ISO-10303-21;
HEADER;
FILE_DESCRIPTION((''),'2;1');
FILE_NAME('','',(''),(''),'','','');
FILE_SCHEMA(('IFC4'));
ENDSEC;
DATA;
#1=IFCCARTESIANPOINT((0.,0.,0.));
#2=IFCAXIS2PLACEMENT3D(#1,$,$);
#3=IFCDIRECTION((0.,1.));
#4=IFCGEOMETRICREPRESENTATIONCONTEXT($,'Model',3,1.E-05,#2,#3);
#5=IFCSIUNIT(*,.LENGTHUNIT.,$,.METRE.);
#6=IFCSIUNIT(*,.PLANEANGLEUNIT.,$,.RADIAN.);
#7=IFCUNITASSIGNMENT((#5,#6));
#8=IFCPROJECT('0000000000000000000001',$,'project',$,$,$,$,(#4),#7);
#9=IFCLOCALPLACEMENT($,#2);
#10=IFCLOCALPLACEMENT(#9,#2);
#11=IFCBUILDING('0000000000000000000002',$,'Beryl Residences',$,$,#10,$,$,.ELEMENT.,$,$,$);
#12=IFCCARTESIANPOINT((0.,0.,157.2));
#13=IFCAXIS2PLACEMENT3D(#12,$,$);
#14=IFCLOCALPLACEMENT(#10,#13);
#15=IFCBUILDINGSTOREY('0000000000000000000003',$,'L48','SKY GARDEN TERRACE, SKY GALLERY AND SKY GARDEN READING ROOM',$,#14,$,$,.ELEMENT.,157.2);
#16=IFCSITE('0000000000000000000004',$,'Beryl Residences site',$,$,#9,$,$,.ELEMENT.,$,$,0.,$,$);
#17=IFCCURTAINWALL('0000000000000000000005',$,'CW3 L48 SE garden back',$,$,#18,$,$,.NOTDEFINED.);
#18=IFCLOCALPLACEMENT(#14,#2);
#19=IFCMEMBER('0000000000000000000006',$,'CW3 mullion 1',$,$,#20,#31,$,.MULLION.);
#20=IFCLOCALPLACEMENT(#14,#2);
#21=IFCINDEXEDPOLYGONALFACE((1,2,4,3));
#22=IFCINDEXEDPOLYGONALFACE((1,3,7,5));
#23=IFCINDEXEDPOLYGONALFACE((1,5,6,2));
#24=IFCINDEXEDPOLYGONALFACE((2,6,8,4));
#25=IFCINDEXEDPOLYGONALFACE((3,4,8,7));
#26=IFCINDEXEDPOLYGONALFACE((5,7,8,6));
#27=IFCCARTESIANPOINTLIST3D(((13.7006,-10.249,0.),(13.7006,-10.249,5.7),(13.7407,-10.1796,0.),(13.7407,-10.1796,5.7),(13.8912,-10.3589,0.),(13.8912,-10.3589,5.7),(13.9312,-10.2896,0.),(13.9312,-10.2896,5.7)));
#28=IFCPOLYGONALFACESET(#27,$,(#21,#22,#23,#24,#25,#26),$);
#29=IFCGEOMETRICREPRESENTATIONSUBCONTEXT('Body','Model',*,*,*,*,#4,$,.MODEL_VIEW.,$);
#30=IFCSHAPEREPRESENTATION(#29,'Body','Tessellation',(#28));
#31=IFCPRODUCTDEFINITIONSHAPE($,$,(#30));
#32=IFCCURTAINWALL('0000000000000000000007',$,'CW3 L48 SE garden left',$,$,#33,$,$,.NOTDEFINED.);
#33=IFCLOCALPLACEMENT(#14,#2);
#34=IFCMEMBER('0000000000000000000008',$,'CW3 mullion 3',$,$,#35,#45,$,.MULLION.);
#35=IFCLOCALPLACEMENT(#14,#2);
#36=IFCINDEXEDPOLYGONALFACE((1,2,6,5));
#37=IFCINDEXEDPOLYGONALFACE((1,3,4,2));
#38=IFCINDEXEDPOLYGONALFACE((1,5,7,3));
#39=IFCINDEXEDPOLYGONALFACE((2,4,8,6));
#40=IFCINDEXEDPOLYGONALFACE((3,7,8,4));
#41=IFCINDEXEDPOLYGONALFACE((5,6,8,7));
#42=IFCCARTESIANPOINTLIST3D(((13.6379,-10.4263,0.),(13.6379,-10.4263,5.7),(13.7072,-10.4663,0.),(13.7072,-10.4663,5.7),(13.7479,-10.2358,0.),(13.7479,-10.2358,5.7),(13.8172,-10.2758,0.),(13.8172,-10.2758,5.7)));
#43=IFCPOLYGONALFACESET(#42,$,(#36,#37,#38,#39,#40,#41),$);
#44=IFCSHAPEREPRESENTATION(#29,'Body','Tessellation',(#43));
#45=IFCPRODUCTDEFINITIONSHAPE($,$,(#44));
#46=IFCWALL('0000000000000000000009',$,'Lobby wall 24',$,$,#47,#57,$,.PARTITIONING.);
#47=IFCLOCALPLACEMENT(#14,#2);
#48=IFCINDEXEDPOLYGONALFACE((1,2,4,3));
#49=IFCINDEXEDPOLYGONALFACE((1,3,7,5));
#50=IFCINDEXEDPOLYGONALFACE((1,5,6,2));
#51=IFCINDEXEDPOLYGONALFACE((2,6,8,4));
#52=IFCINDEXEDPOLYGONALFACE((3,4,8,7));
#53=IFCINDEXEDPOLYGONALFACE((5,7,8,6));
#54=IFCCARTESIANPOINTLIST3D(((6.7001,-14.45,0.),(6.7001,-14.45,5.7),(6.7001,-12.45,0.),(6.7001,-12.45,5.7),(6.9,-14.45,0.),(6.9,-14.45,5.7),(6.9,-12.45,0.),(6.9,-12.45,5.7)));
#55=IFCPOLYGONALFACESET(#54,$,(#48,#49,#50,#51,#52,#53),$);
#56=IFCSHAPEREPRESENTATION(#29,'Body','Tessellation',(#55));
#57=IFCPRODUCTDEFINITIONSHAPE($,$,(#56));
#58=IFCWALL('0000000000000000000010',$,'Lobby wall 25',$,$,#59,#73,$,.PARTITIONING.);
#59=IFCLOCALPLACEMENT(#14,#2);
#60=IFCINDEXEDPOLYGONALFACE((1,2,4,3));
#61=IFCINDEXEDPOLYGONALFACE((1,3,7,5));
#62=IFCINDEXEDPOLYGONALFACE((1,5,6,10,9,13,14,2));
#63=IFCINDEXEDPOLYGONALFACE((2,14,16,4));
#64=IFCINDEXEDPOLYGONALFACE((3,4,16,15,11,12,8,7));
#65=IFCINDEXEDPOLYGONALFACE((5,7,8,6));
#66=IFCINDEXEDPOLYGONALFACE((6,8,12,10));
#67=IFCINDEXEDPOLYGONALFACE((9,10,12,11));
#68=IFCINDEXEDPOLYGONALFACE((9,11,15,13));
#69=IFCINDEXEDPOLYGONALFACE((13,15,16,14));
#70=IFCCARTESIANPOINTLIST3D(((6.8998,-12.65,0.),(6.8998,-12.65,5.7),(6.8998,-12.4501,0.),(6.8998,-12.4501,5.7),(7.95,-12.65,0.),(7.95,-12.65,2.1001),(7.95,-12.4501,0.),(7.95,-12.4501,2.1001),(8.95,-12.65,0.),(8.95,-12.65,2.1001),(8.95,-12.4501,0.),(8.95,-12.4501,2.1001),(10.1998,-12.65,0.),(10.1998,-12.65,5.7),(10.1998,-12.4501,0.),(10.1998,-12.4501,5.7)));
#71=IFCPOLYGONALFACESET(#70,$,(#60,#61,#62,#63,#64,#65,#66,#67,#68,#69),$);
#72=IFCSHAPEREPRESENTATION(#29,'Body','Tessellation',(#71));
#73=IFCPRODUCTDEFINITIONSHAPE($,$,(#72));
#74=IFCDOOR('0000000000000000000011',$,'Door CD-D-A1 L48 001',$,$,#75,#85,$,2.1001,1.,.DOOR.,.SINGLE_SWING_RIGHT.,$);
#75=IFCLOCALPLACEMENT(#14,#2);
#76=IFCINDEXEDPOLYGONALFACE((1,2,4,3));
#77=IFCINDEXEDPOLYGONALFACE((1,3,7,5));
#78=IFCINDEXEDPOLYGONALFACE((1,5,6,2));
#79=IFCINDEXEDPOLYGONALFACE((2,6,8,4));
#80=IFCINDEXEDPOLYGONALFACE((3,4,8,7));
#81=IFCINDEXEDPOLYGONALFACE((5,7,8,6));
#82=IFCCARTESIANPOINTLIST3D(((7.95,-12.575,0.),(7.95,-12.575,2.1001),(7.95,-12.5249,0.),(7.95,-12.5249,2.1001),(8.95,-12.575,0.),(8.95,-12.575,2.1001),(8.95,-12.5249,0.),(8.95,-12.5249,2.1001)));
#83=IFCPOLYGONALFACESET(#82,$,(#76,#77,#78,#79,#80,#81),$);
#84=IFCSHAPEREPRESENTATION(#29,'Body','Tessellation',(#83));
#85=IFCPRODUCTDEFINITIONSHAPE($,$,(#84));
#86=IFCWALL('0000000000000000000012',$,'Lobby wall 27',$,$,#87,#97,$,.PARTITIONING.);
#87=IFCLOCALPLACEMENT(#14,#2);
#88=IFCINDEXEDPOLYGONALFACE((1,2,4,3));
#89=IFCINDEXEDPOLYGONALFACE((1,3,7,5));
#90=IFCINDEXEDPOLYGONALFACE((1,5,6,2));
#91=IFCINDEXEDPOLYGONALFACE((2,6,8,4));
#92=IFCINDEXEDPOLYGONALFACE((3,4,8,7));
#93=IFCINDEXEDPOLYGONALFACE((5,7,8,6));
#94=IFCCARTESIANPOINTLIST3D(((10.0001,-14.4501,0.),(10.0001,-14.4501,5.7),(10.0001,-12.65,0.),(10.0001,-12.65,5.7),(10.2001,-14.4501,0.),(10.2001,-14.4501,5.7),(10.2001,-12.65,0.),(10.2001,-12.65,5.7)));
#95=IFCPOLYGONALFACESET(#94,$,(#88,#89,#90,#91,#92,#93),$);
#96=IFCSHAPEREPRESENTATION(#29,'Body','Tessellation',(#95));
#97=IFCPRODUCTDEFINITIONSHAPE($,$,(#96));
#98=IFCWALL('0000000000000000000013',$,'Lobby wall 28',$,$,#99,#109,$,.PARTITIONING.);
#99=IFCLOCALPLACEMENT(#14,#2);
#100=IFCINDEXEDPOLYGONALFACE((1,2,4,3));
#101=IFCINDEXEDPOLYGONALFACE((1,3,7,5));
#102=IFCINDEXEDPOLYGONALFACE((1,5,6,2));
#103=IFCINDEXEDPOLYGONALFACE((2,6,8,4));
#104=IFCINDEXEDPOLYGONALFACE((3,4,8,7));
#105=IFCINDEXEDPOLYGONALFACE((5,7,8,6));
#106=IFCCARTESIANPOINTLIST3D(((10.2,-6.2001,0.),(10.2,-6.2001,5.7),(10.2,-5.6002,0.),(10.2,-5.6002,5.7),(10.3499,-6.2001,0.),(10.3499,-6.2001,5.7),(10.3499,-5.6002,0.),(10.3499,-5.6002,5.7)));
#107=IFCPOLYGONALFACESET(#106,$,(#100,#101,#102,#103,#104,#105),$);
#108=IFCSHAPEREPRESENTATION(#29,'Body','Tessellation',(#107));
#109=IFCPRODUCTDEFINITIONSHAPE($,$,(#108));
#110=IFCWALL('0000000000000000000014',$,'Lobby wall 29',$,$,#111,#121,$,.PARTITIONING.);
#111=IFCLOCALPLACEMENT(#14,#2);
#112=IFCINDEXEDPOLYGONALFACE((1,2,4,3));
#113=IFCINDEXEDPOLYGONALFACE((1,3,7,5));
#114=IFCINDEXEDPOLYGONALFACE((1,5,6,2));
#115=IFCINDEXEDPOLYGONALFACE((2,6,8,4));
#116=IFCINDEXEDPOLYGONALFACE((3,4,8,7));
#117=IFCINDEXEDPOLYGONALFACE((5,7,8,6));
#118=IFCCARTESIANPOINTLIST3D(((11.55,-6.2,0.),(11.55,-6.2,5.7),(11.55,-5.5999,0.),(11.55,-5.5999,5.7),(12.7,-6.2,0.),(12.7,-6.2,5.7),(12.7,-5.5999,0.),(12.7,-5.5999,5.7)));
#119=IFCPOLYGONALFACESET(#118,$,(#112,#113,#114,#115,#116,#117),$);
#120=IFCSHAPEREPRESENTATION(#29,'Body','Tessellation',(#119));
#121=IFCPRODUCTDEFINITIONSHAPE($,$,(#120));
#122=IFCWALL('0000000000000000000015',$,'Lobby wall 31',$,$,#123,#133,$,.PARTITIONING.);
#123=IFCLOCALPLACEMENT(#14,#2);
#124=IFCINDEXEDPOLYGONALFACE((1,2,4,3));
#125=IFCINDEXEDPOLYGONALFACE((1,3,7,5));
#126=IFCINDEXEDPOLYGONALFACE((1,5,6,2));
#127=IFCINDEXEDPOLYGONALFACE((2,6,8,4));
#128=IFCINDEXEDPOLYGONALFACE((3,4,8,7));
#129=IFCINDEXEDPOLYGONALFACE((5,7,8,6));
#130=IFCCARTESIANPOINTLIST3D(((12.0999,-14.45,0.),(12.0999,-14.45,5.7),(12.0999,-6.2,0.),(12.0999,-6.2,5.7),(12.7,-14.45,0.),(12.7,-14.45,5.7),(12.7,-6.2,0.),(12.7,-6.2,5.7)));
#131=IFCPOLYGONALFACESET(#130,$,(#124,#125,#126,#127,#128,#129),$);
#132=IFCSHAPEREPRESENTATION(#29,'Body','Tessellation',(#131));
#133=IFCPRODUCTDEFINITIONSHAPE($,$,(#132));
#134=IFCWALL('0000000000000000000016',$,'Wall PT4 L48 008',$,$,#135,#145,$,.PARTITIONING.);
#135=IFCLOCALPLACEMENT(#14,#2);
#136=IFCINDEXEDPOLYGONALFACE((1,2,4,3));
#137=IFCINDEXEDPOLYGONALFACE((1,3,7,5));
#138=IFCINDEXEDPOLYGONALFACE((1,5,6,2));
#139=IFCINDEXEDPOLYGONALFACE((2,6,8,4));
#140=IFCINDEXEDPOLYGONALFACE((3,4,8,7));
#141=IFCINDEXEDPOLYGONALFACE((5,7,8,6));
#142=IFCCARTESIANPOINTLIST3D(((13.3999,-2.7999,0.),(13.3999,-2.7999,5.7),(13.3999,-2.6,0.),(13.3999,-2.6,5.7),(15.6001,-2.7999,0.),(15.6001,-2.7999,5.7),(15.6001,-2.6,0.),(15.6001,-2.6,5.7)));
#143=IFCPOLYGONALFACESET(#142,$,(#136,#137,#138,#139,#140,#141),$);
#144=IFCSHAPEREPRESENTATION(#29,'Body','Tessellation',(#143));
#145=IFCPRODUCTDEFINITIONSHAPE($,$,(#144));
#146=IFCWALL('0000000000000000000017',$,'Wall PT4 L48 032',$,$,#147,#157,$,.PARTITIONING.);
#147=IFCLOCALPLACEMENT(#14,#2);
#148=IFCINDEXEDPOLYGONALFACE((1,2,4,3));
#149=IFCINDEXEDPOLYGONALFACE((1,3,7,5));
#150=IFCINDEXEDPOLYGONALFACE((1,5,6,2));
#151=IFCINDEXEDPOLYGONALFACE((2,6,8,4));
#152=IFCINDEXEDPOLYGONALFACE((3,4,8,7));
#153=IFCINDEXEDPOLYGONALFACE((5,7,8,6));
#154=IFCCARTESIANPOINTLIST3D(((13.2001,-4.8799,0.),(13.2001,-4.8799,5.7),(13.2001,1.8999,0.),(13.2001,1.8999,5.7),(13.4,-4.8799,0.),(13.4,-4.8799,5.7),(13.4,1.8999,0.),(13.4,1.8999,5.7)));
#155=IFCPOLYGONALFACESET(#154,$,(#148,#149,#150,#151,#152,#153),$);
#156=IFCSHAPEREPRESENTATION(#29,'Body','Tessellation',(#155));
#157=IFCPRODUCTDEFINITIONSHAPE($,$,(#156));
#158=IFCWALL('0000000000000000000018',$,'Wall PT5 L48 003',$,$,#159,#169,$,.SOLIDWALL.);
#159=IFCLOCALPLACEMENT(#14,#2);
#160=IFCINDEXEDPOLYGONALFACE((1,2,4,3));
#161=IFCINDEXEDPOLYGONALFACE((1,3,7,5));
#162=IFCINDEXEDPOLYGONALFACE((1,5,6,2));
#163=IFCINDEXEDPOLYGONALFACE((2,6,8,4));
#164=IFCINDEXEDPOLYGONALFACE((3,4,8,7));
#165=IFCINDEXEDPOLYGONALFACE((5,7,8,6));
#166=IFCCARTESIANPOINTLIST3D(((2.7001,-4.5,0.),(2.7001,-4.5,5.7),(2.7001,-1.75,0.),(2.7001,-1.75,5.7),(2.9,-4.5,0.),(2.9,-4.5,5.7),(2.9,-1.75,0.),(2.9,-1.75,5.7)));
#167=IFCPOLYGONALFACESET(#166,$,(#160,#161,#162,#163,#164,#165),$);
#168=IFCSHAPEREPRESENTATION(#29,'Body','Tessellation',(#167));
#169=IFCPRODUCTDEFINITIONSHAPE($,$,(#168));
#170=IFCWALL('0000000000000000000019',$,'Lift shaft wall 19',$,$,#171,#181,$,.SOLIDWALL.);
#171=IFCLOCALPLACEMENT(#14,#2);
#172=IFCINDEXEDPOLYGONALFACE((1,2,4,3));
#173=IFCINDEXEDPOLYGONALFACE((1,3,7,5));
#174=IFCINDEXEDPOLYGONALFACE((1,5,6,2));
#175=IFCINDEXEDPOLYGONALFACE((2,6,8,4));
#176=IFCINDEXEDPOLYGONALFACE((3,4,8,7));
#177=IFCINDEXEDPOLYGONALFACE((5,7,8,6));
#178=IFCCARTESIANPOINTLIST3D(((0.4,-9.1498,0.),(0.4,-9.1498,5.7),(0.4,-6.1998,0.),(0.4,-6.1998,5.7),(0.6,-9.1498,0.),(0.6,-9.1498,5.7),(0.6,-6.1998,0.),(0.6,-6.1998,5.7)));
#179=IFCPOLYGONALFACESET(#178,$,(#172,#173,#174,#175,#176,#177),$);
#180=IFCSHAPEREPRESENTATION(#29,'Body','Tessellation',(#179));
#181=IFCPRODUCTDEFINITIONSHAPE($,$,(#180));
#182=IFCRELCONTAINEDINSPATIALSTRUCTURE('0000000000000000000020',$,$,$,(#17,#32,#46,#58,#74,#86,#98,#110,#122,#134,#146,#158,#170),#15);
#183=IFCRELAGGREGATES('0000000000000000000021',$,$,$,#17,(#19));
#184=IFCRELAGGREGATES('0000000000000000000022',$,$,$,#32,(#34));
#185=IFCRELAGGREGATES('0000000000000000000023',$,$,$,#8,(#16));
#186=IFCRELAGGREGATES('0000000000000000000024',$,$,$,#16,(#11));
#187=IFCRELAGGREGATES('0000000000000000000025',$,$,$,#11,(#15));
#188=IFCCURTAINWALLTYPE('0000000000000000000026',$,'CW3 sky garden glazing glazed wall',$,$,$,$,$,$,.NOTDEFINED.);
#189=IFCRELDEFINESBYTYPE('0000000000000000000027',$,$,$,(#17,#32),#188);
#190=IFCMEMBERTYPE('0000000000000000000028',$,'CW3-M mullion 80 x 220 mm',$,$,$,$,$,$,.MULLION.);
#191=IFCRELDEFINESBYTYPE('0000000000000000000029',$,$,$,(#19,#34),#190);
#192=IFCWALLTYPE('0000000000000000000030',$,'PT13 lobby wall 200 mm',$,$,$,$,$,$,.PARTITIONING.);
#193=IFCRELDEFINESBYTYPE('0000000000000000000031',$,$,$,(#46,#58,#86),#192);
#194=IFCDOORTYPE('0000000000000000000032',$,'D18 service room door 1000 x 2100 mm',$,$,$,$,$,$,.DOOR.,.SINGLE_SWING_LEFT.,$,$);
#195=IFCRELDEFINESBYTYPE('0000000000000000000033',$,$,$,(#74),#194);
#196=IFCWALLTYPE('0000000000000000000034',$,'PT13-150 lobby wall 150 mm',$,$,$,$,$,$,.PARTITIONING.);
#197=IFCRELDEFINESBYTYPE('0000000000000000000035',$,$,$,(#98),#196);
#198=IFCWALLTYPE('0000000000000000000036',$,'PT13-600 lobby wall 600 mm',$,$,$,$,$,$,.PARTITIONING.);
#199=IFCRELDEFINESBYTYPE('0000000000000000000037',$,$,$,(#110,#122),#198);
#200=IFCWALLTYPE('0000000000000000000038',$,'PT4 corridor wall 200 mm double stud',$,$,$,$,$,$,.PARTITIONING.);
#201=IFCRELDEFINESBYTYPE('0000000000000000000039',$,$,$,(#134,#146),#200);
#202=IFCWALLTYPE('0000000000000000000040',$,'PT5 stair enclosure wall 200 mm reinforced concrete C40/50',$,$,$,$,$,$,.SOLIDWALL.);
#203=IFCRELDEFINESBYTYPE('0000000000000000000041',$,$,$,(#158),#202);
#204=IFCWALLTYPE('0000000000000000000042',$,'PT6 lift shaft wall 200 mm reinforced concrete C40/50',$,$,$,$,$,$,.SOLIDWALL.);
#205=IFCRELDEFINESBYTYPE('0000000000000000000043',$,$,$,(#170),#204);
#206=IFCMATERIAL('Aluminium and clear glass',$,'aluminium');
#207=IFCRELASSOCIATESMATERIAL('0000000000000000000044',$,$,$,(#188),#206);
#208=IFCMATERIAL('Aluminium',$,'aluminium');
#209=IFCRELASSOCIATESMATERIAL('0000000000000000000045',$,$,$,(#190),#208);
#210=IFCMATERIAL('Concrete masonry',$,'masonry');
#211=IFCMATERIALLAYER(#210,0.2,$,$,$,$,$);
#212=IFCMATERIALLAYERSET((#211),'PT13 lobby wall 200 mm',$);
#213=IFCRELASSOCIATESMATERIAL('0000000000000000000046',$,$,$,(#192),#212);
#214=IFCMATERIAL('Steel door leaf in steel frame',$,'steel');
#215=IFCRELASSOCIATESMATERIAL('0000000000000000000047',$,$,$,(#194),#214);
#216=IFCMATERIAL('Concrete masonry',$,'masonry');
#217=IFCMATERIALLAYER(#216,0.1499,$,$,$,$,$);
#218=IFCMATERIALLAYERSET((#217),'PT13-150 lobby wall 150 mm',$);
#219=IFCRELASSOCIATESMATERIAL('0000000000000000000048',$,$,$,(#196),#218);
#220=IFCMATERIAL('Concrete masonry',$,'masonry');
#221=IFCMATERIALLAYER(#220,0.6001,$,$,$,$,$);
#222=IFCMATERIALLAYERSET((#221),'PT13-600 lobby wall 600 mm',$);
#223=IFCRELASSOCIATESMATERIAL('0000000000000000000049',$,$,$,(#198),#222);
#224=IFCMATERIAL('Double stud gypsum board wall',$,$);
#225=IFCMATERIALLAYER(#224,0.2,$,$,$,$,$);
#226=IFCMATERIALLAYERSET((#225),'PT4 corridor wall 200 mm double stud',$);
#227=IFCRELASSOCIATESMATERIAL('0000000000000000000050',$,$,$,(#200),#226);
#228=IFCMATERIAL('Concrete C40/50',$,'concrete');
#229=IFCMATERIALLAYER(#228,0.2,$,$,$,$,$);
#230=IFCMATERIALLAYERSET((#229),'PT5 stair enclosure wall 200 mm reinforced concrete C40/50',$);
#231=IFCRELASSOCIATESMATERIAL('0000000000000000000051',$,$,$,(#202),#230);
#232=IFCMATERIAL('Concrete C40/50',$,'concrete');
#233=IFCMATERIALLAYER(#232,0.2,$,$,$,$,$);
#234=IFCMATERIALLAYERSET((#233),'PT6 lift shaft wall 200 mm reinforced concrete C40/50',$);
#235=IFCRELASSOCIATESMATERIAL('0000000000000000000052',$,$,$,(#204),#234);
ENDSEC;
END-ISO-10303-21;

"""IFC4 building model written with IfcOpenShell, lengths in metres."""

from ifc_helpers import new_model, si_unit, direction, frame, frame_2d, origin, origin_2d, place, context, subcontext, project, spatial, rectangle, extrude, material, layer, layer_set, material_profile, profile_set, type_object, element, fill, aggregate, save


model = new_model("IFC4")

# Units and contexts
model_context = context("Model", 3, precision=1e-05, world=origin(), true_north=direction((0.0, 1.0)))
body_context = subcontext(model_context, "Body", "Model", "MODEL_VIEW")
ifc_project = project(units=[si_unit("LENGTHUNIT", "METRE"), si_unit("PLANEANGLEUNIT", "RADIAN")], contexts=[model_context])

# Site, building, storey
site_placement = place(None, origin())
site = spatial("IfcSite", under=ifc_project, at=site_placement, Name="Beryl Residences site", CompositionType="ELEMENT", RefElevation=0.0)
building_placement = place(site_placement, origin())
building = spatial("IfcBuilding", under=site, at=building_placement, Name="Beryl Residences", CompositionType="ELEMENT")
storey_placement = place(building_placement, frame((0.0, 0.0, 157.2)))
storey = spatial("IfcBuildingStorey", under=building, at=storey_placement, Name="L48", Description="SKY GARDEN TERRACE, SKY GALLERY AND SKY GARDEN READING ROOM", CompositionType="ELEMENT", Elevation=157.2)

# Curtain walls, members
ifc_material_1 = material(Name="Aluminium and clear glass", Category="aluminium")
curtain_wall_type = type_object("IfcCurtainWallType", Name="CW3 sky garden glazing glazed wall", PredefinedType="NOTDEFINED", material=ifc_material_1)
curtain_wall_1_placement = place(storey_placement, origin())
curtain_wall_1 = element("IfcCurtainWall", 1, at=curtain_wall_1_placement, inside=storey, type_object=curtain_wall_type, Name="CW3 L48 SE garden back", PredefinedType="NOTDEFINED")
ifc_material_2 = material(Name="Aluminium", Category="aluminium")
ifc_material_profile = material_profile(ifc_material_2, rectangle(XDim=0.0801, YDim=0.22, at=origin_2d()))
ifc_profile_set = profile_set([ifc_material_profile], Name="Aluminium")
member_type = type_object("IfcMemberType", Name="CW3-M mullion 80 x 220 mm", PredefinedType="MULLION", material=ifc_profile_set)
member_1_placement = place(storey_placement, frame((13.8159, -10.2693, 0.0), z_axis=(0.0, 0.0, 1.0), x_axis=(0.49985, 0.866112, 0.0)))
member_1 = element("IfcMember", 2, at=member_1_placement, type_object=member_type, Name="CW3 mullion 1", PredefinedType="MULLION", context=body_context, shape_type="SweptSolid", body=[
    extrude(rectangle(XDim=0.0801, YDim=0.22, at=origin_2d()), origin(), (0.0, 0.0, 1.0), 5.7),
])
aggregate(curtain_wall_1, [member_1])
curtain_wall_2_placement = place(storey_placement, origin())
curtain_wall_2 = element("IfcCurtainWall", 3, at=curtain_wall_2_placement, inside=storey, type_object=curtain_wall_type, Name="CW3 L48 SE garden left", PredefinedType="NOTDEFINED")
member_2_placement = place(storey_placement, frame((13.7275, -10.3511, 0.0), z_axis=(0.0, 0.0, 1.0), x_axis=(-0.866005, 0.500036, 0.0)))
member_2 = element("IfcMember", 4, at=member_2_placement, type_object=member_type, Name="CW3 mullion 3", PredefinedType="MULLION", context=body_context, shape_type="SweptSolid", body=[
    extrude(rectangle(XDim=0.0801, YDim=0.22, at=origin_2d()), origin(), (0.0, 0.0, 1.0), 5.7),
])
aggregate(curtain_wall_2, [member_2])

# Wall
ifc_material_3 = material(Name="Concrete masonry", Category="masonry")
ifc_layer_1 = layer(ifc_material_3, 0.2)
ifc_layer_set_1 = layer_set([ifc_layer_1], Name="PT13 lobby wall 200 mm")
wall_type_1 = type_object("IfcWallType", Name="PT13 lobby wall 200 mm", PredefinedType="PARTITIONING", material=ifc_layer_set_1)
wall_1_placement = place(storey_placement, frame((6.8, -14.45, 0.0), z_axis=(0.0, 0.0, 1.0), x_axis=(0.0, 1.0, 0.0)))
element("IfcWall", 5, at=wall_1_placement, inside=storey, type_object=wall_type_1, Name="Lobby wall 24", PredefinedType="PARTITIONING", context=body_context, shape_type="SweptSolid", body=[
    extrude(rectangle(XDim=2.0, YDim=0.2, at=frame_2d((1.0, 0.0))), origin(), (0.0, 0.0, 1.0), 5.7),
])

# Wall, opening, door
wall_2_placement = place(storey_placement, frame((6.8999, -12.55, 0.0), z_axis=(0.0, 0.0, 1.0), x_axis=(1.0, 0.0, 0.0)))
wall_2 = element("IfcWall", 6, at=wall_2_placement, inside=storey, type_object=wall_type_1, Name="Lobby wall 25", PredefinedType="PARTITIONING", context=body_context, shape_type="SweptSolid", body=[
    extrude(rectangle(XDim=3.3, YDim=0.2, at=frame_2d((1.6499, 0.0))), origin(), (0.0, 0.0, 1.0), 5.7),
])
opening_placement = place(wall_2_placement, frame((2.05, 0.0, 0.0), z_axis=(0.0, 0.0, 1.0), x_axis=(-1.0, 0.0, 0.0)))
opening = element("IfcOpeningElement", 7, at=opening_placement, cuts=wall_2, PredefinedType="OPENING", context=body_context, shape_type="SweptSolid", body=[
    extrude(rectangle(XDim=1.0, YDim=2.1001, at=frame_2d((0.5, 1.05))), frame((0.0, 0.1099, 0.0), z_axis=(0.0, -1.0, 0.0), x_axis=(1.0, 0.0, 0.0)), (0.0, 0.0, 1.0), 0.22),
])
ifc_material_4 = material(Name="Steel door leaf in steel frame", Category="steel")
door_type = type_object("IfcDoorType", Name="D18 service room door 1000 x 2100 mm", OperationType="SINGLE_SWING_LEFT", PredefinedType="DOOR", material=ifc_material_4)
door_placement = place(opening_placement, origin())
door = element("IfcDoor", 8, at=door_placement, inside=storey, type_object=door_type, Name="Door CD-D-A1 L48 001", OperationType="SINGLE_SWING_RIGHT", OverallHeight=2.1001, OverallWidth=1.0, PredefinedType="DOOR", context=body_context, shape_type="SweptSolid", body=[
    extrude(rectangle(XDim=1.0, YDim=2.1001, at=frame_2d((0.5, 1.05))), frame((0.0, 0.0249, 0.0), z_axis=(0.0, -1.0, 0.0), x_axis=(1.0, 0.0, 0.0)), (0.0, 0.0, 1.0), 0.05),
])
fill(opening, door)

# Walls
wall_3_placement = place(storey_placement, frame((10.1001, -14.45, 0.0), z_axis=(0.0, 0.0, 1.0), x_axis=(0.0, 1.0, 0.0)))
element("IfcWall", 9, at=wall_3_placement, inside=storey, type_object=wall_type_1, Name="Lobby wall 27", PredefinedType="PARTITIONING", context=body_context, shape_type="SweptSolid", body=[
    extrude(rectangle(XDim=1.8, YDim=0.2, at=frame_2d((0.8999, 0.0))), origin(), (0.0, 0.0, 1.0), 5.7),
])
ifc_material_5 = material(Name="Concrete masonry", Category="masonry")
ifc_layer_2 = layer(ifc_material_5, 0.1499)
ifc_layer_set_2 = layer_set([ifc_layer_2], Name="PT13-150 lobby wall 150 mm")
wall_type_2 = type_object("IfcWallType", Name="PT13-150 lobby wall 150 mm", PredefinedType="PARTITIONING", material=ifc_layer_set_2)
wall_4_placement = place(storey_placement, frame((10.2749, -6.2, 0.0), z_axis=(0.0, 0.0, 1.0), x_axis=(0.0, 1.0, 0.0)))
element("IfcWall", 10, at=wall_4_placement, inside=storey, type_object=wall_type_2, Name="Lobby wall 28", PredefinedType="PARTITIONING", context=body_context, shape_type="SweptSolid", body=[
    extrude(rectangle(XDim=0.5999, YDim=0.1499, at=frame_2d((0.2998, 0.0))), origin(), (0.0, 0.0, 1.0), 5.7),
])
ifc_material_6 = material(Name="Concrete masonry", Category="masonry")
ifc_layer_3 = layer(ifc_material_6, 0.6001)
ifc_layer_set_3 = layer_set([ifc_layer_3], Name="PT13-600 lobby wall 600 mm")
wall_type_3 = type_object("IfcWallType", Name="PT13-600 lobby wall 600 mm", PredefinedType="PARTITIONING", material=ifc_layer_set_3)
wall_5_placement = place(storey_placement, frame((11.55, -5.8999, 0.0), z_axis=(0.0, 0.0, 1.0), x_axis=(1.0, 0.0, 0.0)))
element("IfcWall", 11, at=wall_5_placement, inside=storey, type_object=wall_type_3, Name="Lobby wall 29", PredefinedType="PARTITIONING", context=body_context, shape_type="SweptSolid", body=[
    extrude(rectangle(XDim=1.1499, YDim=0.6001, at=frame_2d((0.575, 0.0))), origin(), (0.0, 0.0, 1.0), 5.7),
])
wall_6_placement = place(storey_placement, frame((12.3999, -14.45, 0.0), z_axis=(0.0, 0.0, 1.0), x_axis=(0.0, 1.0, 0.0)))
element("IfcWall", 12, at=wall_6_placement, inside=storey, type_object=wall_type_3, Name="Lobby wall 31", PredefinedType="PARTITIONING", context=body_context, shape_type="SweptSolid", body=[
    extrude(rectangle(XDim=8.25, YDim=0.6001, at=frame_2d((4.125, 0.0))), origin(), (0.0, 0.0, 1.0), 5.7),
])
ifc_material_7 = material(Name="Double stud gypsum board wall")
ifc_layer_4 = layer(ifc_material_7, 0.2)
ifc_layer_set_4 = layer_set([ifc_layer_4], Name="PT4 corridor wall 200 mm double stud")
wall_type_4 = type_object("IfcWallType", Name="PT4 corridor wall 200 mm double stud", PredefinedType="PARTITIONING", material=ifc_layer_set_4)
wall_7_placement = place(storey_placement, frame((13.3999, -2.7, 0.0), z_axis=(0.0, 0.0, 1.0), x_axis=(1.0, 0.0, 0.0)))
element("IfcWall", 13, at=wall_7_placement, inside=storey, type_object=wall_type_4, Name="Wall PT4 L48 008", PredefinedType="PARTITIONING", context=body_context, shape_type="SweptSolid", body=[
    extrude(rectangle(XDim=2.2002, YDim=0.2, at=frame_2d((1.1001, 0.0))), origin(), (0.0, 0.0, 1.0), 5.7),
])
wall_8_placement = place(storey_placement, frame((13.3, -4.8799, 0.0), z_axis=(0.0, 0.0, 1.0), x_axis=(0.0, 1.0, 0.0)))
element("IfcWall", 14, at=wall_8_placement, inside=storey, type_object=wall_type_4, Name="Wall PT4 L48 032", PredefinedType="PARTITIONING", context=body_context, shape_type="SweptSolid", body=[
    extrude(rectangle(XDim=6.7798, YDim=0.2, at=frame_2d((3.3899, 0.0))), origin(), (0.0, 0.0, 1.0), 5.7),
])
ifc_material_8 = material(Name="Concrete C40/50", Category="concrete")
ifc_layer_5 = layer(ifc_material_8, 0.2)
ifc_layer_set_5 = layer_set([ifc_layer_5], Name="PT5 stair enclosure wall 200 mm reinforced concrete C40/50")
wall_type_5 = type_object("IfcWallType", Name="PT5 stair enclosure wall 200 mm reinforced concrete C40/50", PredefinedType="SOLIDWALL", material=ifc_layer_set_5)
wall_9_placement = place(storey_placement, frame((2.8, -4.5, 0.0), z_axis=(0.0, 0.0, 1.0), x_axis=(0.0, 1.0, 0.0)))
element("IfcWall", 15, at=wall_9_placement, inside=storey, type_object=wall_type_5, Name="Wall PT5 L48 003", PredefinedType="SOLIDWALL", context=body_context, shape_type="SweptSolid", body=[
    extrude(rectangle(XDim=2.75, YDim=0.2, at=frame_2d((1.375, 0.0))), origin(), (0.0, 0.0, 1.0), 5.7),
])
ifc_material_9 = material(Name="Concrete C40/50", Category="concrete")
ifc_layer_6 = layer(ifc_material_9, 0.2)
ifc_layer_set_6 = layer_set([ifc_layer_6], Name="PT6 lift shaft wall 200 mm reinforced concrete C40/50")
wall_type_6 = type_object("IfcWallType", Name="PT6 lift shaft wall 200 mm reinforced concrete C40/50", PredefinedType="SOLIDWALL", material=ifc_layer_set_6)
for number, where, z_axis, x_axis, name in (
    (16, (0.5, -9.1499, 0.0), (0.0, 0.0, 1.0), (0.0, 1.0, 0.0), "Lift shaft wall 19"),
):
    element("IfcWall", number, at=place(storey_placement, frame(where, z_axis=z_axis, x_axis=x_axis)), inside=storey, type_object=wall_type_6, Name=name, PredefinedType="SOLIDWALL", context=body_context, shape_type="SweptSolid", body=[
        extrude(rectangle(XDim=2.95, YDim=0.2, at=frame_2d((1.4751, 0.0))), origin(), (0.0, 0.0, 1.0), 5.7),
    ])

save(model, "model.ifc")
